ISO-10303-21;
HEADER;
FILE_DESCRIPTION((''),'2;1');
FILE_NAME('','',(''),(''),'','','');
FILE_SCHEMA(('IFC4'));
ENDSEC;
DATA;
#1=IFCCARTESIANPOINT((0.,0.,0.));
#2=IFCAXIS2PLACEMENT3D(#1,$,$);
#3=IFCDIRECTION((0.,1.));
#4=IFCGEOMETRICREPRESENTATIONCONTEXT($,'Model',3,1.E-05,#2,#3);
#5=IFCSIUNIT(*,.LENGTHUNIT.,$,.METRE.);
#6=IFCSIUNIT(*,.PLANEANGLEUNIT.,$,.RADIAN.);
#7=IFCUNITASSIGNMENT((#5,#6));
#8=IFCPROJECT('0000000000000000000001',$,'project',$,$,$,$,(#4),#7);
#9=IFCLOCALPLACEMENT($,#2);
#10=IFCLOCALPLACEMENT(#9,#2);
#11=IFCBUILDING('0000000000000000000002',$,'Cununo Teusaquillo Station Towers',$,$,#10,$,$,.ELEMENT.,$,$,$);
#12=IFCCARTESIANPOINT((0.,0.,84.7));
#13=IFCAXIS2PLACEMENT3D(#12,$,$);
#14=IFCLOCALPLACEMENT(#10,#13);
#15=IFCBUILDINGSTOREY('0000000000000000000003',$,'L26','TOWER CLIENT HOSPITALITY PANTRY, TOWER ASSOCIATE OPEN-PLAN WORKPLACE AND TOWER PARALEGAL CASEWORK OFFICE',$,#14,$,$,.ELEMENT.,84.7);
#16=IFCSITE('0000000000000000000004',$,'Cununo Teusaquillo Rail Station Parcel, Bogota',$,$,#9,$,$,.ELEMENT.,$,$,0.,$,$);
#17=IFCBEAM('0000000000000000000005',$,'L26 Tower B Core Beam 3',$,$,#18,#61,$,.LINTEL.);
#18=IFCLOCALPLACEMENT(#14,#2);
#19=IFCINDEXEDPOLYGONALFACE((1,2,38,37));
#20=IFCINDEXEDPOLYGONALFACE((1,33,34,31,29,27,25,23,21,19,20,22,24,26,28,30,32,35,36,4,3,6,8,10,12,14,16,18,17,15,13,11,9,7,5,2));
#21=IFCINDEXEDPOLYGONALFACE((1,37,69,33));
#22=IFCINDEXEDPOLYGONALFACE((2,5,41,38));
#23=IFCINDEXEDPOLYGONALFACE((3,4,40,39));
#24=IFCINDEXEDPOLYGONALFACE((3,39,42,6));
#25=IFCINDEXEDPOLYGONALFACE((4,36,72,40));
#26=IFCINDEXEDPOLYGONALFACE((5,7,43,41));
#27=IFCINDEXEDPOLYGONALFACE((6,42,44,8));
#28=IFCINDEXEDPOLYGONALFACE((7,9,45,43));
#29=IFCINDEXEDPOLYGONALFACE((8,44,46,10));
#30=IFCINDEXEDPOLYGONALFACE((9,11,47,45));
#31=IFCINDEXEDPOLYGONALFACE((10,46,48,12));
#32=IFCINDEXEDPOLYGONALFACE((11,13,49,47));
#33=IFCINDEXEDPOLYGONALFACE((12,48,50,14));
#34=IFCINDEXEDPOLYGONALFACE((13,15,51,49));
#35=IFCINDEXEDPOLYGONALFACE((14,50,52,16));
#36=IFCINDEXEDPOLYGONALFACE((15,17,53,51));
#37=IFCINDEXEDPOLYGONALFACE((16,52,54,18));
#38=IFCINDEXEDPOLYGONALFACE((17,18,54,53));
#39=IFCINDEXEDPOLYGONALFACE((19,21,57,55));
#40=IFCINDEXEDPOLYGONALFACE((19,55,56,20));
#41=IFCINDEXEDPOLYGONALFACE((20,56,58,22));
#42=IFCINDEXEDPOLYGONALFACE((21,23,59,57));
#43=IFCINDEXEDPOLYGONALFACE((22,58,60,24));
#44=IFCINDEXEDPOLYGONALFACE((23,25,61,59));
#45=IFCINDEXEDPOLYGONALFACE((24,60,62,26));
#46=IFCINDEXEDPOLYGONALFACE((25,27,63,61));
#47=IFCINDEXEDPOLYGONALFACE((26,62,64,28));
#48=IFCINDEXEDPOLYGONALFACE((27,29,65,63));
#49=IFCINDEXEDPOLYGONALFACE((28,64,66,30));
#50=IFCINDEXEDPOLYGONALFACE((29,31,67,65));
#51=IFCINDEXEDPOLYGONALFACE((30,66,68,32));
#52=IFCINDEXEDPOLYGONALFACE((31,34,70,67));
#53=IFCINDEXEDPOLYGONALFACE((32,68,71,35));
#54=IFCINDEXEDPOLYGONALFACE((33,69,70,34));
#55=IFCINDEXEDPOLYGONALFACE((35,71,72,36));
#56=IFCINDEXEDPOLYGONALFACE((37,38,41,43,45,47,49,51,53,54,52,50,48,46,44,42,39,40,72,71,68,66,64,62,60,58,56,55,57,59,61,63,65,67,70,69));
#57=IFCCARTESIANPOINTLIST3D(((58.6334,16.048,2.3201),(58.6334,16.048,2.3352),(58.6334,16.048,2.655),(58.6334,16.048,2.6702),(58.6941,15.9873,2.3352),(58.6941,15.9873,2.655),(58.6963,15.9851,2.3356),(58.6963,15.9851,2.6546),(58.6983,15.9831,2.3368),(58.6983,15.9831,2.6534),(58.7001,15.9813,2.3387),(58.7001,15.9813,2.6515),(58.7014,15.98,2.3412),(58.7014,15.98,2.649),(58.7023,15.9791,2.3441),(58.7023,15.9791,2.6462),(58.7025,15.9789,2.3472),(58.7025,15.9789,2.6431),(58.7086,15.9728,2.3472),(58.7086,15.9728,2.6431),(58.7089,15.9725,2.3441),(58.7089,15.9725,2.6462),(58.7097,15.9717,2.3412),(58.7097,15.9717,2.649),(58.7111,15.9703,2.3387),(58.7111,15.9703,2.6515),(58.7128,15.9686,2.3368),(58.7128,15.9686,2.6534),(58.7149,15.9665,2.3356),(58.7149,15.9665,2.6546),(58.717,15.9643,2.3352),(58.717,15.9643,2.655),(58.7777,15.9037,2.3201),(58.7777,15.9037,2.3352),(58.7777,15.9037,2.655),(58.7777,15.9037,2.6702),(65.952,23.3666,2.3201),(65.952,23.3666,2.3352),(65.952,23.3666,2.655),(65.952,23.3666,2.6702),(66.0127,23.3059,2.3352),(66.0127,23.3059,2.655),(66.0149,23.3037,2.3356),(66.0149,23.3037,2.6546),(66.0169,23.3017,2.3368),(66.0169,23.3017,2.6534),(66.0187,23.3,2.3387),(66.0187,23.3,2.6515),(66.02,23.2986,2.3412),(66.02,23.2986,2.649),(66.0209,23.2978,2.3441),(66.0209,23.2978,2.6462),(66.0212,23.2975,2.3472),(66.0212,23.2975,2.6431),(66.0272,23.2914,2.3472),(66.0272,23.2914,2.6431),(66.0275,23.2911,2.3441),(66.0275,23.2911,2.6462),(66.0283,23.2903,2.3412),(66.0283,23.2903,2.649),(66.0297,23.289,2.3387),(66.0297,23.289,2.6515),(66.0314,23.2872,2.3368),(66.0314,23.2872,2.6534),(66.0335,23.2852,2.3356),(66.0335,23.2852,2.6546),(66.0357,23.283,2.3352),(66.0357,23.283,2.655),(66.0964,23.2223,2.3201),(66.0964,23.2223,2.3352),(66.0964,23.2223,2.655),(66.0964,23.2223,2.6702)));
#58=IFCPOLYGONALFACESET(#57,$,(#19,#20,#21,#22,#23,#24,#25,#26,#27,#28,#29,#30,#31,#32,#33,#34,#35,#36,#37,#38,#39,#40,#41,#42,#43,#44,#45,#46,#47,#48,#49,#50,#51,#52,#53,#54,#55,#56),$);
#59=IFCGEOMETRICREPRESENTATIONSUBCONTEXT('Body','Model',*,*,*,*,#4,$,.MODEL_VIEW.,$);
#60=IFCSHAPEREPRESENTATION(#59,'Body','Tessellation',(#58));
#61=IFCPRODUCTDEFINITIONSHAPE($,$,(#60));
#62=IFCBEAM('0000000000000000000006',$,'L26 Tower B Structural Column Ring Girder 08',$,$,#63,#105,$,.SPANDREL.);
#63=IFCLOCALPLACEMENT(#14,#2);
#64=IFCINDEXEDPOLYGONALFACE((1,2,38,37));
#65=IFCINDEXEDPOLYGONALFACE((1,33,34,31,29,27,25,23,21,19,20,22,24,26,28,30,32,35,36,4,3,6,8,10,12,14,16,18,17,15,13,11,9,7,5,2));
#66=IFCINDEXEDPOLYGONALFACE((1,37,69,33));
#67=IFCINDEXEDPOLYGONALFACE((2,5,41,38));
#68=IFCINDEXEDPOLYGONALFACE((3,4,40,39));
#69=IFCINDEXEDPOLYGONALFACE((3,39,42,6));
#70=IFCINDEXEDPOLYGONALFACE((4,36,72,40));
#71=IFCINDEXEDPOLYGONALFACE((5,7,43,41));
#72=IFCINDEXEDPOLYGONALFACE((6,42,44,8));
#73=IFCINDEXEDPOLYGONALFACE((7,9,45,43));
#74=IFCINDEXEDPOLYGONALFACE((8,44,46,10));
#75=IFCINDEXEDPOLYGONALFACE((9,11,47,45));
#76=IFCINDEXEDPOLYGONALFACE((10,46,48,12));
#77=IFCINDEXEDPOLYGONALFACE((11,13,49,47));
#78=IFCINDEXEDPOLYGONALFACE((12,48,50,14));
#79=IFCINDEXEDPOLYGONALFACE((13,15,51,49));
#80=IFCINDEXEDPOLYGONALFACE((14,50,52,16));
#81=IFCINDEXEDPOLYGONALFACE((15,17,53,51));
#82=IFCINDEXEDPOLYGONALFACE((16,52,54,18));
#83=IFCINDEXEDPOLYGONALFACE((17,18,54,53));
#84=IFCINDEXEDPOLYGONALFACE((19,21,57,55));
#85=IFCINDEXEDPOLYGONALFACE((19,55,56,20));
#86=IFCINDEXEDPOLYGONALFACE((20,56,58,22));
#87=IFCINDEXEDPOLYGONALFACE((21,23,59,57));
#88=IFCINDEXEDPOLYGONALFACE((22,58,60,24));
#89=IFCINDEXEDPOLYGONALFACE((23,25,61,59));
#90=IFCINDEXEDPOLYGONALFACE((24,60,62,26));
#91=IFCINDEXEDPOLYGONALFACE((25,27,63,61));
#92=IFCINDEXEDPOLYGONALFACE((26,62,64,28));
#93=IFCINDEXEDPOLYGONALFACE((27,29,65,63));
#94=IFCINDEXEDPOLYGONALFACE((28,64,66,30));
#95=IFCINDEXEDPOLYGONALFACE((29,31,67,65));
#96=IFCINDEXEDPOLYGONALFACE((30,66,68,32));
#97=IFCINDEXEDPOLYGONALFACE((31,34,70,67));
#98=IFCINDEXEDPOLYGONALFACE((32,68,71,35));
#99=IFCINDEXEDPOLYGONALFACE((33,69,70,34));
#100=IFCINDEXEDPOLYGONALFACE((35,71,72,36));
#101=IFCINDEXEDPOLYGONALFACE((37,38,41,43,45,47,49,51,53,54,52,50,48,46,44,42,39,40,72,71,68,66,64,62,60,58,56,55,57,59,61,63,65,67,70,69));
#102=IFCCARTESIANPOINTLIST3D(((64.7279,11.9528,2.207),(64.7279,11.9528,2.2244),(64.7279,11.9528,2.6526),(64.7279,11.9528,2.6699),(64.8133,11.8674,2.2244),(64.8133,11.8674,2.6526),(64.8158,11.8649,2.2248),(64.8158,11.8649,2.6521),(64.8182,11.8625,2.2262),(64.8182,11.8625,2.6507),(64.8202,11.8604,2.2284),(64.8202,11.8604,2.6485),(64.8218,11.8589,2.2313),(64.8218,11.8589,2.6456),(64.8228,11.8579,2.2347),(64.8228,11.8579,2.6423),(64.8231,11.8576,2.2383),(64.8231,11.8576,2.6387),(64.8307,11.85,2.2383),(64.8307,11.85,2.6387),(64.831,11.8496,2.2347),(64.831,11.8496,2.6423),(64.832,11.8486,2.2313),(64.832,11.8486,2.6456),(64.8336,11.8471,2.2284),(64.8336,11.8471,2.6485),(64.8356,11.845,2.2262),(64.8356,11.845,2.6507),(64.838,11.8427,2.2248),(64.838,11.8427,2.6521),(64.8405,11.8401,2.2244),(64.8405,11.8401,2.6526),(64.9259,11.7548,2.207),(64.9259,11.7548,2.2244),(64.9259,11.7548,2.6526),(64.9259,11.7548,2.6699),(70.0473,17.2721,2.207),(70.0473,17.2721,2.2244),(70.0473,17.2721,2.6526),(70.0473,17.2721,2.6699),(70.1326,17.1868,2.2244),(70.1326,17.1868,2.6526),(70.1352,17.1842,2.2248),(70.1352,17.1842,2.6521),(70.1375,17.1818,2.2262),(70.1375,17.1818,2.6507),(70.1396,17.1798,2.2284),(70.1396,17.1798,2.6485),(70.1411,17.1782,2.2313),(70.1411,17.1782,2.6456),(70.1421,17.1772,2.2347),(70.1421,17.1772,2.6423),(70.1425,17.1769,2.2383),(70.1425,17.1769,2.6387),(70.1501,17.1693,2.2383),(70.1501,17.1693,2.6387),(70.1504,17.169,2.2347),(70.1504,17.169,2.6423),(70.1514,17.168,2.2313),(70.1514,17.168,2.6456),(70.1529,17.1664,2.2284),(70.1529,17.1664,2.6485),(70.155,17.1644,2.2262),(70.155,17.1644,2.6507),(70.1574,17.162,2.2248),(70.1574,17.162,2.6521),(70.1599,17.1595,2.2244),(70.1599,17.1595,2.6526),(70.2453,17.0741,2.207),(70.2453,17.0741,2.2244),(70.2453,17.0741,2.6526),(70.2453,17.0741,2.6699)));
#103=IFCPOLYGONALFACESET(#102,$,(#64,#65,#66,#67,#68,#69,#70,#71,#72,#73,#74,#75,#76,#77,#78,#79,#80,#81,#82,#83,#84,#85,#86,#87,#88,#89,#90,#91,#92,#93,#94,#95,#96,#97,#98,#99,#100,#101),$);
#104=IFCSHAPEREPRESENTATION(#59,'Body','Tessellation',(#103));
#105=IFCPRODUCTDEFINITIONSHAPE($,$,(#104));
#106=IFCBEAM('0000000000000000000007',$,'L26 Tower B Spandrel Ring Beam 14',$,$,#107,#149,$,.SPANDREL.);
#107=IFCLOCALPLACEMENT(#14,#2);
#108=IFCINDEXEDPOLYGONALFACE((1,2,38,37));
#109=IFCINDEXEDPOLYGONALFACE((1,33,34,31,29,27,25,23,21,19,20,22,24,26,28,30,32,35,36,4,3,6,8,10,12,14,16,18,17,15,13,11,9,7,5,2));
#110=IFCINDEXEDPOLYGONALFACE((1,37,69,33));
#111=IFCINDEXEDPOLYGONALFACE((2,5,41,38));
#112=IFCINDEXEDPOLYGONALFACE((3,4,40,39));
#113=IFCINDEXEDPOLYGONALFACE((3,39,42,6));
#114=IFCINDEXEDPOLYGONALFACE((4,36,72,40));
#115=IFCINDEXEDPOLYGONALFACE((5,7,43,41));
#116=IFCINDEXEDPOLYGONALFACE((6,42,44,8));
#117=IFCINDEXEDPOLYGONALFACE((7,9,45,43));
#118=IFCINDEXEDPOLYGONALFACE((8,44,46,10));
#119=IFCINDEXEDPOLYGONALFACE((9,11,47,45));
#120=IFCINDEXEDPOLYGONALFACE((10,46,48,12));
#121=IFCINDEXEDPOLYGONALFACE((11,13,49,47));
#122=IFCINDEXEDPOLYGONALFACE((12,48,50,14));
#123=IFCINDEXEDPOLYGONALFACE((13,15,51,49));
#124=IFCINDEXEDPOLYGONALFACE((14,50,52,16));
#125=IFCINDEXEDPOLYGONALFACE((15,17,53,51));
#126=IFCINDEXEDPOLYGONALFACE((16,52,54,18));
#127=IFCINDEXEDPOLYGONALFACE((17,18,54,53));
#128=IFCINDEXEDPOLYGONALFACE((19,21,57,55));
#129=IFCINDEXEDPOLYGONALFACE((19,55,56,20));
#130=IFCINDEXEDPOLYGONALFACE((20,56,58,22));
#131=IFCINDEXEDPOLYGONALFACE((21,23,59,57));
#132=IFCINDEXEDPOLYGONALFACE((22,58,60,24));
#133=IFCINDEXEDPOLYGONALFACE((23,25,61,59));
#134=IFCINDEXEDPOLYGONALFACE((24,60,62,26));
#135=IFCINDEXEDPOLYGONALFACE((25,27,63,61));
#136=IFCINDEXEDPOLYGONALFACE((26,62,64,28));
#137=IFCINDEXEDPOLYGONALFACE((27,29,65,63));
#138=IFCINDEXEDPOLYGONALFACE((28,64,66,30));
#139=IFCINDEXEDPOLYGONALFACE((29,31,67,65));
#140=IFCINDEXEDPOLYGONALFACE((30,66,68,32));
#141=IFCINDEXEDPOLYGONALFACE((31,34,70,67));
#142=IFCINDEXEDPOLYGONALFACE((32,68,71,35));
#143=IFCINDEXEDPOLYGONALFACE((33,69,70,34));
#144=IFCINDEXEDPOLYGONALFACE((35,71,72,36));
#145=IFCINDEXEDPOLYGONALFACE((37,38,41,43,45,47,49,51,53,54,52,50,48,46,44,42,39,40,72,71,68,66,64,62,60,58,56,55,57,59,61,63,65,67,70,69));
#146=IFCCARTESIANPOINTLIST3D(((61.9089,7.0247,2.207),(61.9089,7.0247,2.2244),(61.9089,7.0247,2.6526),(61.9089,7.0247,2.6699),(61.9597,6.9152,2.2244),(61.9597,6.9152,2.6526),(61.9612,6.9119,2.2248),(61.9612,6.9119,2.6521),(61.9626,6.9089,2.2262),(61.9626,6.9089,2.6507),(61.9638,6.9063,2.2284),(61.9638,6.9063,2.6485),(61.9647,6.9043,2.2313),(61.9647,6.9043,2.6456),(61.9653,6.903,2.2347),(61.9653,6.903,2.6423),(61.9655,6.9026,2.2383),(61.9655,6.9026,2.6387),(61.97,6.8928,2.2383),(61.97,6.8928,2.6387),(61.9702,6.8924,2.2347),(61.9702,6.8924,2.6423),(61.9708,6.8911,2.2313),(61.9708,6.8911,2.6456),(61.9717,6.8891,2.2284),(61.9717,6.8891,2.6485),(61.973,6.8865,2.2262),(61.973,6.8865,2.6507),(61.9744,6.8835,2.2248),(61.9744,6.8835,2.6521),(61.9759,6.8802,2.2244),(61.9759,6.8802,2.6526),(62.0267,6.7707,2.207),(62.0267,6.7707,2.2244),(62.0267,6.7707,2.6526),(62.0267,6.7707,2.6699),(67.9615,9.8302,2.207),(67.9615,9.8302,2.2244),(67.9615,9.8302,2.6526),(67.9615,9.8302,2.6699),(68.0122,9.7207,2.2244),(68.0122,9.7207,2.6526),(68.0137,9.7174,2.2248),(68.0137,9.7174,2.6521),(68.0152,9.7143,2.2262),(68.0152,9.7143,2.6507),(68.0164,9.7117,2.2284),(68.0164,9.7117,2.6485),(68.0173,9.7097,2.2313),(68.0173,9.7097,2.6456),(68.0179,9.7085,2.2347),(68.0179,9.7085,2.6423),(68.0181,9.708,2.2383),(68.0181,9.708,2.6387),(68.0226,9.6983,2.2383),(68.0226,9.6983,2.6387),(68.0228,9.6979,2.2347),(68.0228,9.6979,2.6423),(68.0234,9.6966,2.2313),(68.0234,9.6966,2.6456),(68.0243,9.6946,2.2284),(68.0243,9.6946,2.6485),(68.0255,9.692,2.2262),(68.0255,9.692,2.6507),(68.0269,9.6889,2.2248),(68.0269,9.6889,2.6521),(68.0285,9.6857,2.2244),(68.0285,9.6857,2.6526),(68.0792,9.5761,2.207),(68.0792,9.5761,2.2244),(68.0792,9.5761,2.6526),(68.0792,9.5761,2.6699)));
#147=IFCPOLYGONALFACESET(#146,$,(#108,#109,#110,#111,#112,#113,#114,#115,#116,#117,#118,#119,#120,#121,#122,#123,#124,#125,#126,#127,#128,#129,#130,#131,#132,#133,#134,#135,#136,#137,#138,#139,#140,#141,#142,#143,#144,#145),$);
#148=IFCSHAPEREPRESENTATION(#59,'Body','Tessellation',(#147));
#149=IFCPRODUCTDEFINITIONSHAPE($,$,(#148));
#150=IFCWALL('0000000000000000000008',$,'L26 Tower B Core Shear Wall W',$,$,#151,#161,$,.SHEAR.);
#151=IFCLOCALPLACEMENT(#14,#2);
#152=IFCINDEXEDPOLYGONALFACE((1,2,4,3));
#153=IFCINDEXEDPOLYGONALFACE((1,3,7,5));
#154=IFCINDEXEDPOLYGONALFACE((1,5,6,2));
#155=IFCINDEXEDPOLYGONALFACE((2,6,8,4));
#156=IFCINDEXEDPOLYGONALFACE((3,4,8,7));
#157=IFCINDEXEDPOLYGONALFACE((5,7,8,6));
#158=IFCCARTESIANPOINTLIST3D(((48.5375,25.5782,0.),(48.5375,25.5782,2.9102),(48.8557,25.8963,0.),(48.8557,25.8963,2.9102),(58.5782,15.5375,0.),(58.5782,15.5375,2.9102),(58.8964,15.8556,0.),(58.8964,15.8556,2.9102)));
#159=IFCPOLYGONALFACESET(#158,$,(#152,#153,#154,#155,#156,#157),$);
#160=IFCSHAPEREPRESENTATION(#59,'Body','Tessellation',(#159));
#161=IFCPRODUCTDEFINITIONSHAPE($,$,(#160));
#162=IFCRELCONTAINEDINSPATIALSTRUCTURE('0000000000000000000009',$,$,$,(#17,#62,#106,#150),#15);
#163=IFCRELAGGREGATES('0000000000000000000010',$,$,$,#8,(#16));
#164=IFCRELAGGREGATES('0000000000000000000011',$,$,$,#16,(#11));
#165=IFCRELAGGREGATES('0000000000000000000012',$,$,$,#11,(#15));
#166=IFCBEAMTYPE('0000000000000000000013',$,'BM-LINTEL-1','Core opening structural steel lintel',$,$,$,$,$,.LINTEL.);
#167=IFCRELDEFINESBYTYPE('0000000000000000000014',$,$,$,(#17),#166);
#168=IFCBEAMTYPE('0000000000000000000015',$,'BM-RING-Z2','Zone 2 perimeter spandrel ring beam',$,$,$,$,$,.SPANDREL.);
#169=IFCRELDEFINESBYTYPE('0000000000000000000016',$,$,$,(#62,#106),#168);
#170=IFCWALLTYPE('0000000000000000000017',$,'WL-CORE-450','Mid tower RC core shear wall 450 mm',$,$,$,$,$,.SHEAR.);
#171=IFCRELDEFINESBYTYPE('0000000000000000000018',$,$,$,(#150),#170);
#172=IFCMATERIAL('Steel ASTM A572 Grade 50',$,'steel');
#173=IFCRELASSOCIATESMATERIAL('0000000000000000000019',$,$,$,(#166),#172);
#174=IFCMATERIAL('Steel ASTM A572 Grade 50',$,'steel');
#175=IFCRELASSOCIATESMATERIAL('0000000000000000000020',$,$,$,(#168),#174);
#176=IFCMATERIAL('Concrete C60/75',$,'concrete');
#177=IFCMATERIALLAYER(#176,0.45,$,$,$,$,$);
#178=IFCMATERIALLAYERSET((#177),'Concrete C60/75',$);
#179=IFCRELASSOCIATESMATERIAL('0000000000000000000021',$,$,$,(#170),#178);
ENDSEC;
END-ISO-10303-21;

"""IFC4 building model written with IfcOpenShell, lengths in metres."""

from ifc_helpers import new_model, si_unit, direction, frame, frame_2d, origin, origin_2d, place, context, subcontext, project, spatial, rectangle, i_section, extrude, material, layer, layer_set, material_profile, profile_set, type_object, element, save


model = new_model("IFC4")

# Units and contexts
model_context = context("Model", 3, precision=1e-05, world=origin(), true_north=direction((0.0, 1.0)))
body_context = subcontext(model_context, "Body", "Model", "MODEL_VIEW")
ifc_project = project(units=[si_unit("LENGTHUNIT", "METRE"), si_unit("PLANEANGLEUNIT", "RADIAN")], contexts=[model_context])

# Site, building, storey
site_placement = place(None, origin())
site = spatial("IfcSite", under=ifc_project, at=site_placement, Name="Cununo Teusaquillo Rail Station Parcel, Bogota", CompositionType="ELEMENT", RefElevation=0.0)
building_placement = place(site_placement, origin())
building = spatial("IfcBuilding", under=site, at=building_placement, Name="Cununo Teusaquillo Station Towers", CompositionType="ELEMENT")
storey_placement = place(building_placement, frame((0.0, 0.0, 84.7)))
storey = spatial("IfcBuildingStorey", under=building, at=storey_placement, Name="L26", Description="TOWER CLIENT HOSPITALITY PANTRY, TOWER ASSOCIATE OPEN-PLAN WORKPLACE AND TOWER PARALEGAL CASEWORK OFFICE", CompositionType="ELEMENT", Elevation=84.7)

# Beams
ifc_material_1 = material(Name="Steel ASTM A572 Grade 50", Category="steel")
ifc_material_profile_1 = material_profile(ifc_material_1, i_section(OverallWidth=0.2041, OverallDepth=0.3501, WebThickness=0.0085, FlangeThickness=0.0151, FilletRadius=0.012, at=origin_2d()), Name="W14X48")
ifc_profile_set_1 = profile_set([ifc_material_profile_1], Name="Steel ASTM A572 Grade 50")
beam_type_1 = type_object("IfcBeamType", Name="BM-LINTEL-1", Description="Core opening structural steel lintel", PredefinedType="LINTEL", material=ifc_profile_set_1)
beam_1_placement = place(storey_placement, frame((58.7056, 15.9758, 2.4951), z_axis=(0.707107, 0.707107, 0.0), x_axis=(-0.707107, 0.707107, 0.0)))
element("IfcBeam", 1, at=beam_1_placement, inside=storey, type_object=beam_type_1, Name="L26 Tower B Core Beam 3", PredefinedType="LINTEL", context=body_context, shape_type="SweptSolid", body=[
    extrude(i_section(OverallWidth=0.2041, OverallDepth=0.3501, WebThickness=0.0085, FlangeThickness=0.0151, FilletRadius=0.012, at=origin_2d()), origin(), (0.0, 0.0, 1.0), 10.3501),
])
ifc_material_2 = material(Name="Steel ASTM A572 Grade 50", Category="steel")
ifc_material_profile_2 = material_profile(ifc_material_2, i_section(OverallWidth=0.28, OverallDepth=0.4629, WebThickness=0.0107, FlangeThickness=0.0173, FilletRadius=0.0139, at=origin_2d()), Name="W18X76")
ifc_profile_set_2 = profile_set([ifc_material_profile_2], Name="Steel ASTM A572 Grade 50")
beam_type_2 = type_object("IfcBeamType", Name="BM-RING-Z2", Description="Zone 2 perimeter spandrel ring beam", PredefinedType="SPANDREL", material=ifc_profile_set_2)
beam_2_placement = place(storey_placement, frame((64.8269, 11.8538, 2.4385), z_axis=(0.707107, 0.707107, 0.0), x_axis=(-0.707107, 0.707107, 0.0)))
element("IfcBeam", 2, at=beam_2_placement, inside=storey, type_object=beam_type_2, Name="L26 Tower B Structural Column Ring Girder 08", PredefinedType="SPANDREL", context=body_context, shape_type="SweptSolid", body=[
    extrude(i_section(OverallWidth=0.28, OverallDepth=0.4629, WebThickness=0.0107, FlangeThickness=0.0173, FilletRadius=0.0139, at=origin_2d()), origin(), (0.0, 0.0, 1.0), 7.5227),
])
beam_3_placement = place(storey_placement, frame((61.9678, 6.8977, 2.4385), z_axis=(0.907276, 0.420536, 0.0), x_axis=(-0.420536, 0.907276, 0.0)))
element("IfcBeam", 3, at=beam_3_placement, inside=storey, type_object=beam_type_2, Name="L26 Tower B Spandrel Ring Beam 14", PredefinedType="SPANDREL", context=body_context, shape_type="SweptSolid", body=[
    extrude(i_section(OverallWidth=0.28, OverallDepth=0.4629, WebThickness=0.0107, FlangeThickness=0.0173, FilletRadius=0.0139, at=origin_2d()), origin(), (0.0, 0.0, 1.0), 6.6711),
])

# Wall
ifc_material_3 = material(Name="Concrete C60/75", Category="concrete")
ifc_layer_1 = layer(ifc_material_3, 0.45)
ifc_layer_set_1 = layer_set([ifc_layer_1], Name="Concrete C60/75")
wall_type_1 = type_object("IfcWallType", Name="WL-CORE-450", Description="Mid tower RC core shear wall 450 mm", PredefinedType="SHEAR", material=ifc_layer_set_1)
wall_1_placement = place(storey_placement, frame((58.7373, 15.6965, 0.0), z_axis=(0.0, 0.0, 1.0), x_axis=(-0.707107, 0.707107, 0.0)))
element("IfcWall", 4, at=wall_1_placement, inside=storey, type_object=wall_type_1, Name="L26 Tower B Core Shear Wall W", PredefinedType="SHEAR", context=body_context, shape_type="SweptSolid", body=[
    extrude(rectangle(XDim=14.1997, YDim=0.45, at=frame_2d((7.0999, 0.0))), origin(), (0.0, 0.0, 1.0), 2.9102),
])

save(model, "model.ifc")
